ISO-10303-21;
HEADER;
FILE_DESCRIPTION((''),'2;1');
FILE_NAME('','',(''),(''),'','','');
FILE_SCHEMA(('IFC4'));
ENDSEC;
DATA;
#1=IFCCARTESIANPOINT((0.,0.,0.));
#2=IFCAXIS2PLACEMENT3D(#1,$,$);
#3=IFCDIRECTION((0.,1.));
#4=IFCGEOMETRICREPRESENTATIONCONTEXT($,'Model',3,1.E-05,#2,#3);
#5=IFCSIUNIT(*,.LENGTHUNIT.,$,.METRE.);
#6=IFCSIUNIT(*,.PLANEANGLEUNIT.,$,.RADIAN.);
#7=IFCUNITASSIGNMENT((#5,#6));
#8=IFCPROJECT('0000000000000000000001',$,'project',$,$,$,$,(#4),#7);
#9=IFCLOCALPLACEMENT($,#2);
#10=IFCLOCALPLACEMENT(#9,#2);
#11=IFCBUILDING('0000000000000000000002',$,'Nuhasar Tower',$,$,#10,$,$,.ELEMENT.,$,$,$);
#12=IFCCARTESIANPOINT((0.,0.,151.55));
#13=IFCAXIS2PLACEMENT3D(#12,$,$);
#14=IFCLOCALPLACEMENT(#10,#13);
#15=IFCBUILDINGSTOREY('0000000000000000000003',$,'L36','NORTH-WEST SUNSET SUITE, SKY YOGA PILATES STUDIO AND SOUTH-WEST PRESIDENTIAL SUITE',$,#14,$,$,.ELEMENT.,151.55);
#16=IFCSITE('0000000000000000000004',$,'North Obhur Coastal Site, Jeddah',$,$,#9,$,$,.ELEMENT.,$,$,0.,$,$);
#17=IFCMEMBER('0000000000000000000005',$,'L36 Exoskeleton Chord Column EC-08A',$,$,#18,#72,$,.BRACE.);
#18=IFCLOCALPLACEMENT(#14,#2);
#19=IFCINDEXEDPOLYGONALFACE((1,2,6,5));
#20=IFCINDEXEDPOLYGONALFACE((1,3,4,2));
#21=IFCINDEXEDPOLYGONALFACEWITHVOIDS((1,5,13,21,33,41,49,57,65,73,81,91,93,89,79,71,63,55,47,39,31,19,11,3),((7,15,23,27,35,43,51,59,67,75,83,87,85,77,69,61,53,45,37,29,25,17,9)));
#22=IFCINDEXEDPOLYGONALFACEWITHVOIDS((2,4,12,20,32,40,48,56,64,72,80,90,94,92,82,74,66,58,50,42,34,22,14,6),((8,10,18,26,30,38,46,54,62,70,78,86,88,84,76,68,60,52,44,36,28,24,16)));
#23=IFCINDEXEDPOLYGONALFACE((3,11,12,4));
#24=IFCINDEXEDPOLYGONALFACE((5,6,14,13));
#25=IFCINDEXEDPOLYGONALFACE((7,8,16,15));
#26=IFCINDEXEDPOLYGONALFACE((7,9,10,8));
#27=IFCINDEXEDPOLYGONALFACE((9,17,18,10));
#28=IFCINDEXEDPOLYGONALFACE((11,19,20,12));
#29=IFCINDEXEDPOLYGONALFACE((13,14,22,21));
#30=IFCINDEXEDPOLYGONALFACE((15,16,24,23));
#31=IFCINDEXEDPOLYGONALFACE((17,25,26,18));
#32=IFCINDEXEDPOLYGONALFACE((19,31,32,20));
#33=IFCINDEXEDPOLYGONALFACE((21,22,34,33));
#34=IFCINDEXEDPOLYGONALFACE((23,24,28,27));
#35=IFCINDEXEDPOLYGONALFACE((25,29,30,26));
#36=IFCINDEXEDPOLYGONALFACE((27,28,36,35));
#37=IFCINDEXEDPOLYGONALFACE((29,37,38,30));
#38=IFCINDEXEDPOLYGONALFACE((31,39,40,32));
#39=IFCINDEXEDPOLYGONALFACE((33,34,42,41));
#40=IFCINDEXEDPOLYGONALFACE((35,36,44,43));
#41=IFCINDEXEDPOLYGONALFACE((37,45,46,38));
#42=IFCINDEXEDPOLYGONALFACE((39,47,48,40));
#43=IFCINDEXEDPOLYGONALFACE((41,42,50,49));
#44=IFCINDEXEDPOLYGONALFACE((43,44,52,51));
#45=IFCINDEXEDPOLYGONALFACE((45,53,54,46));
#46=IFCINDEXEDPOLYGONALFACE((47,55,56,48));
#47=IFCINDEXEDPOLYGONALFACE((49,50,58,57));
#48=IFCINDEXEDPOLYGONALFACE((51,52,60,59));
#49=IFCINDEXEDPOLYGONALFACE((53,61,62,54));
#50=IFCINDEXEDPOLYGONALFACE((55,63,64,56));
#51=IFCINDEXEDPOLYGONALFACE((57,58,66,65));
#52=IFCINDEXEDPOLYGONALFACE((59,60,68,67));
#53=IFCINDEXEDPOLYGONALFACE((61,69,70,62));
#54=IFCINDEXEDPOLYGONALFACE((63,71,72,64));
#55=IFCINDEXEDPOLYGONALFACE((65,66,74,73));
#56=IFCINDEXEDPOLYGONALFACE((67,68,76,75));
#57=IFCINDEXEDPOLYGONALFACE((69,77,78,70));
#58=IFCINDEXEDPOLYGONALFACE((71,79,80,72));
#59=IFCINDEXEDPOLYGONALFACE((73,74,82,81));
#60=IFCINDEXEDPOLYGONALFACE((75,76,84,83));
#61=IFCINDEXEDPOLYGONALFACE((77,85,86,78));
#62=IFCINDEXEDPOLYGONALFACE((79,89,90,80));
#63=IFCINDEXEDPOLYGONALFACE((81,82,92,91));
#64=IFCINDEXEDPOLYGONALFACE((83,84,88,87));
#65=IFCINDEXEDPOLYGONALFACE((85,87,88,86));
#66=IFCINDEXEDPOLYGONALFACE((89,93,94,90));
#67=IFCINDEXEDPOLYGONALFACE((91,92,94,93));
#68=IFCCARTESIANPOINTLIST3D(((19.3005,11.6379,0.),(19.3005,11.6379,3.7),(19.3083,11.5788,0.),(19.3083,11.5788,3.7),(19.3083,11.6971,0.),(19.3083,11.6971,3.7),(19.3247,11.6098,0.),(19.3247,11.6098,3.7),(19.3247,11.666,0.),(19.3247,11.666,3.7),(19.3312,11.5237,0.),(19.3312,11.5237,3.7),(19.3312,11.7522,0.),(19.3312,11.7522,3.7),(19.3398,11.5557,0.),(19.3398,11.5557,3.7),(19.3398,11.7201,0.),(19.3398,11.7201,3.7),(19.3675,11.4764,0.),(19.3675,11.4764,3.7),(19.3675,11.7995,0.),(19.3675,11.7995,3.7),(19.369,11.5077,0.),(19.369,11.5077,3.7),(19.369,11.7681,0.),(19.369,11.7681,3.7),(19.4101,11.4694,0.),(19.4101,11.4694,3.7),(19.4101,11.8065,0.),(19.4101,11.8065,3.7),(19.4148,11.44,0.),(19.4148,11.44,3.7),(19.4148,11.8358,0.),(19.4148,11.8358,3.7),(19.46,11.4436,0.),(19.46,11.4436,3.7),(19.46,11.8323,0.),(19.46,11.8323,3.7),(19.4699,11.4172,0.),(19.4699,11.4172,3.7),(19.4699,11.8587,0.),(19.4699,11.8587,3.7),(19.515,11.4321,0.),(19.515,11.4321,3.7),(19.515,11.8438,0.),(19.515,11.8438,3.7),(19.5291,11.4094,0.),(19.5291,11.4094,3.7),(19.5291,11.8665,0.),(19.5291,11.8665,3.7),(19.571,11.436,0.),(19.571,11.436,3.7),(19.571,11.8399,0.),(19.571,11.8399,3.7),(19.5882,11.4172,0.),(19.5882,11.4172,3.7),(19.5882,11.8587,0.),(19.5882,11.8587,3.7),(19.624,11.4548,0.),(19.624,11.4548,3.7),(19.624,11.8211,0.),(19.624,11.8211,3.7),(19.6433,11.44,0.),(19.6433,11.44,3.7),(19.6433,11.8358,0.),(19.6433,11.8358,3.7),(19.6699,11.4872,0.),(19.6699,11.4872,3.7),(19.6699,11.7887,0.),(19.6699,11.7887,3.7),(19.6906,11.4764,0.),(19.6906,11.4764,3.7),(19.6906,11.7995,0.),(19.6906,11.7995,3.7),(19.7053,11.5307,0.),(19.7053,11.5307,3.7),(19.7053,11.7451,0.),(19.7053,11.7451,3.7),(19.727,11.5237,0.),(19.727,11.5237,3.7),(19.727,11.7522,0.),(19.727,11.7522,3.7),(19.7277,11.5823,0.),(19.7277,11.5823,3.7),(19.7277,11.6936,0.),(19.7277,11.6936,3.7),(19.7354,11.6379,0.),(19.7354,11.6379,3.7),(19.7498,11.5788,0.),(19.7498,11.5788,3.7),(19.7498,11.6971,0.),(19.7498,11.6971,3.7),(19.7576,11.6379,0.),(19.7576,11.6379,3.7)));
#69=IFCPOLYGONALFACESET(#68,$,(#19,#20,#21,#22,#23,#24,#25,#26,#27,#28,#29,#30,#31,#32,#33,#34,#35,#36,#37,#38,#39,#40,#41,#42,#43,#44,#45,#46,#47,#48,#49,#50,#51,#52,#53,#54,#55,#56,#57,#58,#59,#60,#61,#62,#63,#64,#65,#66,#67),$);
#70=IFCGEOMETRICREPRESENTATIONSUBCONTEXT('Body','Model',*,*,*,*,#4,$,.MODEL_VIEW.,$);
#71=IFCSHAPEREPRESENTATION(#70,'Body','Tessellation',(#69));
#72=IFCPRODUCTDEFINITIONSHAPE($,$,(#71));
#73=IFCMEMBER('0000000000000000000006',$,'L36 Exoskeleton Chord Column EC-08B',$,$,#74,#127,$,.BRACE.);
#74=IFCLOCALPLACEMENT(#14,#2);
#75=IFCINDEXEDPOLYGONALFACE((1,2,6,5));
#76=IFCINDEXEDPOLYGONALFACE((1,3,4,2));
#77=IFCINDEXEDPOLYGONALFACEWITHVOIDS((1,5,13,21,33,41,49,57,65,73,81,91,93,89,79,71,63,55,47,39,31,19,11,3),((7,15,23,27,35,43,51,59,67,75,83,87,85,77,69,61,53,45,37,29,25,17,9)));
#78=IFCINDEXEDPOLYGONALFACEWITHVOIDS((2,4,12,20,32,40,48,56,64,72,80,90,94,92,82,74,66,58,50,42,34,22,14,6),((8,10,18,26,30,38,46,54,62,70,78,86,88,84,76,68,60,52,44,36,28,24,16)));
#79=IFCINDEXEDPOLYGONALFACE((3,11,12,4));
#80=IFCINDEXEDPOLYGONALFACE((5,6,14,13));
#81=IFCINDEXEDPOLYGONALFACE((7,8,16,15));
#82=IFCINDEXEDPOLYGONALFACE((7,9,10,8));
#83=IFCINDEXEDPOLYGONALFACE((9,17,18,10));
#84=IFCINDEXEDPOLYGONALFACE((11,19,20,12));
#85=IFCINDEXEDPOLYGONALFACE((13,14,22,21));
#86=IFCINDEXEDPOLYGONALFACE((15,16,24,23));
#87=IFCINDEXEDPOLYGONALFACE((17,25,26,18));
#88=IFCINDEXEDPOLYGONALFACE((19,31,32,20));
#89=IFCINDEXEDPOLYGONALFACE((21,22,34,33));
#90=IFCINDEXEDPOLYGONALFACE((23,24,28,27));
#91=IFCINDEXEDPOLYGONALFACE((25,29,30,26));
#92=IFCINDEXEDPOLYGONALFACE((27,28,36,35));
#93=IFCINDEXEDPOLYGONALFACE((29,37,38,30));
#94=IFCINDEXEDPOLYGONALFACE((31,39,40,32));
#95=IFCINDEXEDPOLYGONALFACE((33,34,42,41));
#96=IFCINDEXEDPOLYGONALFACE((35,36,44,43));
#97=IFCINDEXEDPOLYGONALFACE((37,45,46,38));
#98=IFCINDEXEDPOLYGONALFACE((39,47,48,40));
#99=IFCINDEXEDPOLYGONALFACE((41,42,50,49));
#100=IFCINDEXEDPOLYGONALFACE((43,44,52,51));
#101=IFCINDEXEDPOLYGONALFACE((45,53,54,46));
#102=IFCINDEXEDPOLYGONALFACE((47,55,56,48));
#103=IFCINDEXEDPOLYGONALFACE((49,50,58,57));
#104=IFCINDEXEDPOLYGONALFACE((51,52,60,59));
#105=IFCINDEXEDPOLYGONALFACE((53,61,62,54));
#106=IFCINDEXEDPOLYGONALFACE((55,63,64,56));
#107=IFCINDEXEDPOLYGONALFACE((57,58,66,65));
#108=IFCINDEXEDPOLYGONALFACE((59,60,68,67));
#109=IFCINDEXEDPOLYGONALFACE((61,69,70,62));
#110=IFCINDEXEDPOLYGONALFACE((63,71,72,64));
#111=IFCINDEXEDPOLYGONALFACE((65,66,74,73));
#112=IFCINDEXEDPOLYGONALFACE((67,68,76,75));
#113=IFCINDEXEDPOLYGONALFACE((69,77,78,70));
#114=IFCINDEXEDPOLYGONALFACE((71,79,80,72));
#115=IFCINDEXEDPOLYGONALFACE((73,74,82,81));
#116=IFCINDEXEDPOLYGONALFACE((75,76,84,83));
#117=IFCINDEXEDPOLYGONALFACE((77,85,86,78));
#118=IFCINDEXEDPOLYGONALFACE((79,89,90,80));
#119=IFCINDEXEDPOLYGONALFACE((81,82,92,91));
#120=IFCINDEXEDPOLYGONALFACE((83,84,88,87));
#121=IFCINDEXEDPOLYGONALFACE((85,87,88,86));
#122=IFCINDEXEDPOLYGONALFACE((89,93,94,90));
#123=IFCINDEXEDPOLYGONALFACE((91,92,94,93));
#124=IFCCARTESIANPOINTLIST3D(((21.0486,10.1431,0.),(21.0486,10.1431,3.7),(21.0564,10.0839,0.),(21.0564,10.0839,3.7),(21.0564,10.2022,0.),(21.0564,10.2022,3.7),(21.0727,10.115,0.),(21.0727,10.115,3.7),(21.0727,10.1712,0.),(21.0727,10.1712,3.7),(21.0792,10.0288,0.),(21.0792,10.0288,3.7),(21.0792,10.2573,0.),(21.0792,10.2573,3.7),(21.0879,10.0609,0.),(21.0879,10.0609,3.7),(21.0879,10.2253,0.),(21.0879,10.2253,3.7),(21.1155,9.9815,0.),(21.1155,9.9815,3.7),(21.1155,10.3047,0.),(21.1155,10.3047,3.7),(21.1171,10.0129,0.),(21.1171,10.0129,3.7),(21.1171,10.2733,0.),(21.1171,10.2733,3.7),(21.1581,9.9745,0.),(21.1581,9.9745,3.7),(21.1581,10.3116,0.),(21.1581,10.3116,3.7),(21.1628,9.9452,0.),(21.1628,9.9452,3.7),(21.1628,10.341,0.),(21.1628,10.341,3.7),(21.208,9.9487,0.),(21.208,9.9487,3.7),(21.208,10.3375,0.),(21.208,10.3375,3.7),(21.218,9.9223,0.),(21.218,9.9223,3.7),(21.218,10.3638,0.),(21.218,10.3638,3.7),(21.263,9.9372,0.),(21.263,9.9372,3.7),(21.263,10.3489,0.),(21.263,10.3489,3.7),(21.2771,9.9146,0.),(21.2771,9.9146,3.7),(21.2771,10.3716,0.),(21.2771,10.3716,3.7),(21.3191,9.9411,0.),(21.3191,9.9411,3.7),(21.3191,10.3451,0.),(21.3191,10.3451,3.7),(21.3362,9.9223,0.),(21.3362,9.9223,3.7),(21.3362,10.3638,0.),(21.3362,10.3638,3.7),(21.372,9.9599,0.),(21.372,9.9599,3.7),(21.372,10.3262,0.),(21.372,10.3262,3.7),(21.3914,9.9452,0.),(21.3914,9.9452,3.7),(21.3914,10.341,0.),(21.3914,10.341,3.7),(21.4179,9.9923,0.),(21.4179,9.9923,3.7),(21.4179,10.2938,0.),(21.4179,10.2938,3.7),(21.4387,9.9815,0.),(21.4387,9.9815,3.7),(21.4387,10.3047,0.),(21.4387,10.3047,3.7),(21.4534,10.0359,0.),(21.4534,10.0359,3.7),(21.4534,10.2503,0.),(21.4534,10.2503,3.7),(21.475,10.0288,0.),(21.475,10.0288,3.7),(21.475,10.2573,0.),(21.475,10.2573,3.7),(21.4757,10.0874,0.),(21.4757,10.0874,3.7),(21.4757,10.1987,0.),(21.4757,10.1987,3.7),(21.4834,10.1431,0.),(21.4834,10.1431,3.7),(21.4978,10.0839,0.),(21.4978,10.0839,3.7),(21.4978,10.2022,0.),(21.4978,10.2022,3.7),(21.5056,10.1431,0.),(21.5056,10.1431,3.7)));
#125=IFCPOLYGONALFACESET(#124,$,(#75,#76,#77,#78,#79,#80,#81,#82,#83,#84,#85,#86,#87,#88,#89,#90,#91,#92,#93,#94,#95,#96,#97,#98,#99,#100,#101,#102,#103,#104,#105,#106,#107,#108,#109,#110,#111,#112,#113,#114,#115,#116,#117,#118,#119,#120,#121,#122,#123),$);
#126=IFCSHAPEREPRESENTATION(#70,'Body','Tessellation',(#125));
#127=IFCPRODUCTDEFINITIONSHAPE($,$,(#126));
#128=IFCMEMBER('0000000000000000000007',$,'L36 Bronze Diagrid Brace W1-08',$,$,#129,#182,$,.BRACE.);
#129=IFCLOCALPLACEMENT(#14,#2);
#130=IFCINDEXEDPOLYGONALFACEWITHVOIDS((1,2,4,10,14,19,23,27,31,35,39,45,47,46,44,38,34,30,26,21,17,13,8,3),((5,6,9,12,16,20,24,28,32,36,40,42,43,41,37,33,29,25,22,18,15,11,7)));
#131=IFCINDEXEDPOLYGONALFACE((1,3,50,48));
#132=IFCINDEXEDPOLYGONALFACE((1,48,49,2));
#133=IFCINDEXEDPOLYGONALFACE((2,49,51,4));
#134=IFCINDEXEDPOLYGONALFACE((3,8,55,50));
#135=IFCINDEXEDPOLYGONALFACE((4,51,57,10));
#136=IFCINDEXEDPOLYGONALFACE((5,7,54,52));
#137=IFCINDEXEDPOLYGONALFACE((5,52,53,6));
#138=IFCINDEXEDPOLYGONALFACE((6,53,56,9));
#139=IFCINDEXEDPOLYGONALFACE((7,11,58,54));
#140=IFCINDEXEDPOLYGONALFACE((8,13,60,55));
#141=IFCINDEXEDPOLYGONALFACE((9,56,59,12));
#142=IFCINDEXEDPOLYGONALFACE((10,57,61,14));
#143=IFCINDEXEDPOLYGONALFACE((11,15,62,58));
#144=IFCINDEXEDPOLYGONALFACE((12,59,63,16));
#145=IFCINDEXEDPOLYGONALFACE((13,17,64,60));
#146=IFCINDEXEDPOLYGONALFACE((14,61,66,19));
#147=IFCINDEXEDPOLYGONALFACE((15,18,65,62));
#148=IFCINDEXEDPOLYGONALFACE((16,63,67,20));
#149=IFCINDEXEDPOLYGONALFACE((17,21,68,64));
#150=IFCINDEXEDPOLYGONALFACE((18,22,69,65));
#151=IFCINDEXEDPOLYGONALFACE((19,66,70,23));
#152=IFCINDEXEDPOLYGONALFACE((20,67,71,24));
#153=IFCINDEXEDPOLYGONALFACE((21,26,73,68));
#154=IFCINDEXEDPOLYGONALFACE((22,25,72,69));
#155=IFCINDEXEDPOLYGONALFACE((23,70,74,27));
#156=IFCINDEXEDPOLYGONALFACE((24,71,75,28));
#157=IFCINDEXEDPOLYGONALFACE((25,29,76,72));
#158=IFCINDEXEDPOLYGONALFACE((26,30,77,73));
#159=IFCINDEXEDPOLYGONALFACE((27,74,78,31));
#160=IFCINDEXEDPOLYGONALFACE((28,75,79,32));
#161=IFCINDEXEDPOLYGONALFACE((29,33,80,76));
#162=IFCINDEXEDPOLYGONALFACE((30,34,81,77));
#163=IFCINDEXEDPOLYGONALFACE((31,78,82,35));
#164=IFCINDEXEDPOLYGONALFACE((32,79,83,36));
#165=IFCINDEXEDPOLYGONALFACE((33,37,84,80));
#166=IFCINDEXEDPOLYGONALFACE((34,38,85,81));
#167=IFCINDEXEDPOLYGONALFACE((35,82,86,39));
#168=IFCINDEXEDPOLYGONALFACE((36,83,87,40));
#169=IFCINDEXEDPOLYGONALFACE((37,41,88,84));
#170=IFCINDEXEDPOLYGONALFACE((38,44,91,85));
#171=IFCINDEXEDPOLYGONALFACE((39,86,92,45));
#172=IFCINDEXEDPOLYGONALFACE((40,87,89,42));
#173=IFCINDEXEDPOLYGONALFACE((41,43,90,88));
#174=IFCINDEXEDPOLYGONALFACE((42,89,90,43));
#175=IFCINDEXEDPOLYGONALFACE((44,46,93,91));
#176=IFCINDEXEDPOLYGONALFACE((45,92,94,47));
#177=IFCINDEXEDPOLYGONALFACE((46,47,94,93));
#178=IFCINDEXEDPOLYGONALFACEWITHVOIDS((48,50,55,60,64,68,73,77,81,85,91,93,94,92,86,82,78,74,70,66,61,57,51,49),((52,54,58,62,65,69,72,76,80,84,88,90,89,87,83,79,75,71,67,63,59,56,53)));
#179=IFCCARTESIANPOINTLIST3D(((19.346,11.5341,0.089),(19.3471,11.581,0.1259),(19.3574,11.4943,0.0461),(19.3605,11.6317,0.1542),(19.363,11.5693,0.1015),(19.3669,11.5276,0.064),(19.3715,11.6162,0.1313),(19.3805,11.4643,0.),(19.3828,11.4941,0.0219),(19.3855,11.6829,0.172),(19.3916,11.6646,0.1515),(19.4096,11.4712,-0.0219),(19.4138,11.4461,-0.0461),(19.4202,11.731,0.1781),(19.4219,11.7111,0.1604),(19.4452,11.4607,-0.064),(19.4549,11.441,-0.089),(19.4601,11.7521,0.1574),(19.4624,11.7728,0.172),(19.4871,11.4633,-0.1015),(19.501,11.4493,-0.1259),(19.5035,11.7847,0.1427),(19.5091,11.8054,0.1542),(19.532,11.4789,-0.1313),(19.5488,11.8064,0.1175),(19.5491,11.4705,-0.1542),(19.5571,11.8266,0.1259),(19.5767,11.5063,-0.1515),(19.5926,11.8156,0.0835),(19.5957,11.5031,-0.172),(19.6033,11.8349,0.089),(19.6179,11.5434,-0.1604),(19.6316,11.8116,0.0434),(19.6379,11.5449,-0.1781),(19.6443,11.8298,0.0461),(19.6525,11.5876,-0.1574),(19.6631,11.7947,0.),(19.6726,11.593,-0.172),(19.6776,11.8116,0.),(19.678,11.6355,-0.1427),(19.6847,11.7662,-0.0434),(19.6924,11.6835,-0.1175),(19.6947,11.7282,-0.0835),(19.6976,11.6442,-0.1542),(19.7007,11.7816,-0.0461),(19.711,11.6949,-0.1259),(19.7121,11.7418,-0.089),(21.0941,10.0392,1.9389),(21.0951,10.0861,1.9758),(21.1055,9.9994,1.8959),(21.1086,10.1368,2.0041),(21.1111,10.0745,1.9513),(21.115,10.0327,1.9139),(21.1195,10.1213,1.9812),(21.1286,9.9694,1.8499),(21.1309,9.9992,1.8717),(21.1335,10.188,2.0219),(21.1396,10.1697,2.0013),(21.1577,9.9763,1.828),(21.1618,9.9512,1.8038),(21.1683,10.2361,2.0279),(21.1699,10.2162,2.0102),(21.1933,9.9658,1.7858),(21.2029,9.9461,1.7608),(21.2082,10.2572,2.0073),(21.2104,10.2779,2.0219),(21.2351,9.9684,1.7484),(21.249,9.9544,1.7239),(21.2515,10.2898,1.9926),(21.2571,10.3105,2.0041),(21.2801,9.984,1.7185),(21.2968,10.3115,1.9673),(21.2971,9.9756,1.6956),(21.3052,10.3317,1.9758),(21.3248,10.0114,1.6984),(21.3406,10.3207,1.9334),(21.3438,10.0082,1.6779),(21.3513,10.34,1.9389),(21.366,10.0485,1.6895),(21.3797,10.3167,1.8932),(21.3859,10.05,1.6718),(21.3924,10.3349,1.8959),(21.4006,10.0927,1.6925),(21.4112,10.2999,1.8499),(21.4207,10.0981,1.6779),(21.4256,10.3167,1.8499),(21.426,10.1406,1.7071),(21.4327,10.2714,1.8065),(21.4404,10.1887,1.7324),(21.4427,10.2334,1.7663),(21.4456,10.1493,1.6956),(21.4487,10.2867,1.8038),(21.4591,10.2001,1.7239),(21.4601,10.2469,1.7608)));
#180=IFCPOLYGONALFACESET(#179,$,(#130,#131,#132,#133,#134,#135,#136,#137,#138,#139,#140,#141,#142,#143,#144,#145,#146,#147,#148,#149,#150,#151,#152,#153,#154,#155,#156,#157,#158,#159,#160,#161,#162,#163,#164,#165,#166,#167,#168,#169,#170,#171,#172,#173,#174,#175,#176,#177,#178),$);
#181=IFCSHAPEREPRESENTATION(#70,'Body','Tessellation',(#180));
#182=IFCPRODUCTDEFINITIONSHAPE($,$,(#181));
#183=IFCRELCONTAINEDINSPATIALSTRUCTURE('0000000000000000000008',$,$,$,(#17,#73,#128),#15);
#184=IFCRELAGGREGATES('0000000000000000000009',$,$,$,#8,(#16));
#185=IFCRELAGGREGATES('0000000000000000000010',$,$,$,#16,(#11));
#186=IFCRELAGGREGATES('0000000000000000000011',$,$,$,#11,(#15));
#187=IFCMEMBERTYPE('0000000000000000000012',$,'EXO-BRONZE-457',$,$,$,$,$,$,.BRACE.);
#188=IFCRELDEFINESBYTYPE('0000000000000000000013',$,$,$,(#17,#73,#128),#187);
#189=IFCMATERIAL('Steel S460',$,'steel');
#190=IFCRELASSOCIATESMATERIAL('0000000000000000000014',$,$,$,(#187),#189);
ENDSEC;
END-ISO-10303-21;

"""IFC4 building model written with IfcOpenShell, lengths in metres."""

from ifc_helpers import new_model, si_unit, direction, frame, origin, origin_2d, place, context, subcontext, project, spatial, hollow_circle, extrude, material, material_profile, profile_set, type_object, element, save


model = new_model("IFC4")

# Units and contexts
model_context = context("Model", 3, precision=1e-05, world=origin(), true_north=direction((0.0, 1.0)))
body_context = subcontext(model_context, "Body", "Model", "MODEL_VIEW")
ifc_project = project(units=[si_unit("LENGTHUNIT", "METRE"), si_unit("PLANEANGLEUNIT", "RADIAN")], contexts=[model_context])

# Site, building, storey
site_placement = place(None, origin())
site = spatial("IfcSite", under=ifc_project, at=site_placement, Name="North Obhur Coastal Site, Jeddah", CompositionType="ELEMENT", RefElevation=0.0)
building_placement = place(site_placement, origin())
building = spatial("IfcBuilding", under=site, at=building_placement, Name="Nuhasar Tower", CompositionType="ELEMENT")
storey_placement = place(building_placement, frame((0.0, 0.0, 151.55)))
storey = spatial("IfcBuildingStorey", under=building, at=storey_placement, Name="L36", Description="NORTH-WEST SUNSET SUITE, SKY YOGA PILATES STUDIO AND SOUTH-WEST PRESIDENTIAL SUITE", CompositionType="ELEMENT", Elevation=151.55)

# Members
ifc_material_1 = material(Name="Steel S460", Category="steel")
ifc_material_profile_1 = material_profile(ifc_material_1, hollow_circle(Radius=0.2285, WallThickness=0.0222, at=origin_2d()), Name="HSS457X22.2")
ifc_profile_set_1 = profile_set([ifc_material_profile_1], Name="Steel S460")
member_type_1 = type_object("IfcMemberType", Name="EXO-BRONZE-457", PredefinedType="BRACE", material=ifc_profile_set_1)
for number, where, z_axis, x_axis, name in (
    (1, (19.5291, 11.6379, 0.0), (0.0, 0.0, 1.0), (1.0, 0.0, 0.0), "L36 Exoskeleton Chord Column EC-08A"),
    (2, (21.2771, 10.1431, 0.0), (0.0, 0.0, 1.0), (1.0, 0.0, 0.0), "L36 Exoskeleton Chord Column EC-08B"),
):
    element("IfcMember", number, at=place(storey_placement, frame(where, z_axis=z_axis, x_axis=x_axis)), inside=storey, type_object=member_type_1, Name=name, PredefinedType="BRACE", context=body_context, shape_type="SweptSolid", body=[
        extrude(hollow_circle(Radius=0.2285, WallThickness=0.0222, at=origin_2d()), origin(), (0.0, 0.0, 1.0), 3.7),
    ])
member_1_placement = place(storey_placement, frame((19.5291, 11.6379, 0.0), z_axis=(0.592226, -0.506452, 0.626717), x_axis=(0.649926, 0.759998, 0.0)))
element("IfcMember", 3, at=member_1_placement, inside=storey, type_object=member_type_1, Name="L36 Bronze Diagrid Brace W1-08", PredefinedType="BRACE", context=body_context, shape_type="SweptSolid", body=[
    extrude(hollow_circle(Radius=0.2285, WallThickness=0.0222, at=origin_2d()), origin(), (0.0, 0.0, 1.0), 2.9517),
])

save(model, "model.ifc")
